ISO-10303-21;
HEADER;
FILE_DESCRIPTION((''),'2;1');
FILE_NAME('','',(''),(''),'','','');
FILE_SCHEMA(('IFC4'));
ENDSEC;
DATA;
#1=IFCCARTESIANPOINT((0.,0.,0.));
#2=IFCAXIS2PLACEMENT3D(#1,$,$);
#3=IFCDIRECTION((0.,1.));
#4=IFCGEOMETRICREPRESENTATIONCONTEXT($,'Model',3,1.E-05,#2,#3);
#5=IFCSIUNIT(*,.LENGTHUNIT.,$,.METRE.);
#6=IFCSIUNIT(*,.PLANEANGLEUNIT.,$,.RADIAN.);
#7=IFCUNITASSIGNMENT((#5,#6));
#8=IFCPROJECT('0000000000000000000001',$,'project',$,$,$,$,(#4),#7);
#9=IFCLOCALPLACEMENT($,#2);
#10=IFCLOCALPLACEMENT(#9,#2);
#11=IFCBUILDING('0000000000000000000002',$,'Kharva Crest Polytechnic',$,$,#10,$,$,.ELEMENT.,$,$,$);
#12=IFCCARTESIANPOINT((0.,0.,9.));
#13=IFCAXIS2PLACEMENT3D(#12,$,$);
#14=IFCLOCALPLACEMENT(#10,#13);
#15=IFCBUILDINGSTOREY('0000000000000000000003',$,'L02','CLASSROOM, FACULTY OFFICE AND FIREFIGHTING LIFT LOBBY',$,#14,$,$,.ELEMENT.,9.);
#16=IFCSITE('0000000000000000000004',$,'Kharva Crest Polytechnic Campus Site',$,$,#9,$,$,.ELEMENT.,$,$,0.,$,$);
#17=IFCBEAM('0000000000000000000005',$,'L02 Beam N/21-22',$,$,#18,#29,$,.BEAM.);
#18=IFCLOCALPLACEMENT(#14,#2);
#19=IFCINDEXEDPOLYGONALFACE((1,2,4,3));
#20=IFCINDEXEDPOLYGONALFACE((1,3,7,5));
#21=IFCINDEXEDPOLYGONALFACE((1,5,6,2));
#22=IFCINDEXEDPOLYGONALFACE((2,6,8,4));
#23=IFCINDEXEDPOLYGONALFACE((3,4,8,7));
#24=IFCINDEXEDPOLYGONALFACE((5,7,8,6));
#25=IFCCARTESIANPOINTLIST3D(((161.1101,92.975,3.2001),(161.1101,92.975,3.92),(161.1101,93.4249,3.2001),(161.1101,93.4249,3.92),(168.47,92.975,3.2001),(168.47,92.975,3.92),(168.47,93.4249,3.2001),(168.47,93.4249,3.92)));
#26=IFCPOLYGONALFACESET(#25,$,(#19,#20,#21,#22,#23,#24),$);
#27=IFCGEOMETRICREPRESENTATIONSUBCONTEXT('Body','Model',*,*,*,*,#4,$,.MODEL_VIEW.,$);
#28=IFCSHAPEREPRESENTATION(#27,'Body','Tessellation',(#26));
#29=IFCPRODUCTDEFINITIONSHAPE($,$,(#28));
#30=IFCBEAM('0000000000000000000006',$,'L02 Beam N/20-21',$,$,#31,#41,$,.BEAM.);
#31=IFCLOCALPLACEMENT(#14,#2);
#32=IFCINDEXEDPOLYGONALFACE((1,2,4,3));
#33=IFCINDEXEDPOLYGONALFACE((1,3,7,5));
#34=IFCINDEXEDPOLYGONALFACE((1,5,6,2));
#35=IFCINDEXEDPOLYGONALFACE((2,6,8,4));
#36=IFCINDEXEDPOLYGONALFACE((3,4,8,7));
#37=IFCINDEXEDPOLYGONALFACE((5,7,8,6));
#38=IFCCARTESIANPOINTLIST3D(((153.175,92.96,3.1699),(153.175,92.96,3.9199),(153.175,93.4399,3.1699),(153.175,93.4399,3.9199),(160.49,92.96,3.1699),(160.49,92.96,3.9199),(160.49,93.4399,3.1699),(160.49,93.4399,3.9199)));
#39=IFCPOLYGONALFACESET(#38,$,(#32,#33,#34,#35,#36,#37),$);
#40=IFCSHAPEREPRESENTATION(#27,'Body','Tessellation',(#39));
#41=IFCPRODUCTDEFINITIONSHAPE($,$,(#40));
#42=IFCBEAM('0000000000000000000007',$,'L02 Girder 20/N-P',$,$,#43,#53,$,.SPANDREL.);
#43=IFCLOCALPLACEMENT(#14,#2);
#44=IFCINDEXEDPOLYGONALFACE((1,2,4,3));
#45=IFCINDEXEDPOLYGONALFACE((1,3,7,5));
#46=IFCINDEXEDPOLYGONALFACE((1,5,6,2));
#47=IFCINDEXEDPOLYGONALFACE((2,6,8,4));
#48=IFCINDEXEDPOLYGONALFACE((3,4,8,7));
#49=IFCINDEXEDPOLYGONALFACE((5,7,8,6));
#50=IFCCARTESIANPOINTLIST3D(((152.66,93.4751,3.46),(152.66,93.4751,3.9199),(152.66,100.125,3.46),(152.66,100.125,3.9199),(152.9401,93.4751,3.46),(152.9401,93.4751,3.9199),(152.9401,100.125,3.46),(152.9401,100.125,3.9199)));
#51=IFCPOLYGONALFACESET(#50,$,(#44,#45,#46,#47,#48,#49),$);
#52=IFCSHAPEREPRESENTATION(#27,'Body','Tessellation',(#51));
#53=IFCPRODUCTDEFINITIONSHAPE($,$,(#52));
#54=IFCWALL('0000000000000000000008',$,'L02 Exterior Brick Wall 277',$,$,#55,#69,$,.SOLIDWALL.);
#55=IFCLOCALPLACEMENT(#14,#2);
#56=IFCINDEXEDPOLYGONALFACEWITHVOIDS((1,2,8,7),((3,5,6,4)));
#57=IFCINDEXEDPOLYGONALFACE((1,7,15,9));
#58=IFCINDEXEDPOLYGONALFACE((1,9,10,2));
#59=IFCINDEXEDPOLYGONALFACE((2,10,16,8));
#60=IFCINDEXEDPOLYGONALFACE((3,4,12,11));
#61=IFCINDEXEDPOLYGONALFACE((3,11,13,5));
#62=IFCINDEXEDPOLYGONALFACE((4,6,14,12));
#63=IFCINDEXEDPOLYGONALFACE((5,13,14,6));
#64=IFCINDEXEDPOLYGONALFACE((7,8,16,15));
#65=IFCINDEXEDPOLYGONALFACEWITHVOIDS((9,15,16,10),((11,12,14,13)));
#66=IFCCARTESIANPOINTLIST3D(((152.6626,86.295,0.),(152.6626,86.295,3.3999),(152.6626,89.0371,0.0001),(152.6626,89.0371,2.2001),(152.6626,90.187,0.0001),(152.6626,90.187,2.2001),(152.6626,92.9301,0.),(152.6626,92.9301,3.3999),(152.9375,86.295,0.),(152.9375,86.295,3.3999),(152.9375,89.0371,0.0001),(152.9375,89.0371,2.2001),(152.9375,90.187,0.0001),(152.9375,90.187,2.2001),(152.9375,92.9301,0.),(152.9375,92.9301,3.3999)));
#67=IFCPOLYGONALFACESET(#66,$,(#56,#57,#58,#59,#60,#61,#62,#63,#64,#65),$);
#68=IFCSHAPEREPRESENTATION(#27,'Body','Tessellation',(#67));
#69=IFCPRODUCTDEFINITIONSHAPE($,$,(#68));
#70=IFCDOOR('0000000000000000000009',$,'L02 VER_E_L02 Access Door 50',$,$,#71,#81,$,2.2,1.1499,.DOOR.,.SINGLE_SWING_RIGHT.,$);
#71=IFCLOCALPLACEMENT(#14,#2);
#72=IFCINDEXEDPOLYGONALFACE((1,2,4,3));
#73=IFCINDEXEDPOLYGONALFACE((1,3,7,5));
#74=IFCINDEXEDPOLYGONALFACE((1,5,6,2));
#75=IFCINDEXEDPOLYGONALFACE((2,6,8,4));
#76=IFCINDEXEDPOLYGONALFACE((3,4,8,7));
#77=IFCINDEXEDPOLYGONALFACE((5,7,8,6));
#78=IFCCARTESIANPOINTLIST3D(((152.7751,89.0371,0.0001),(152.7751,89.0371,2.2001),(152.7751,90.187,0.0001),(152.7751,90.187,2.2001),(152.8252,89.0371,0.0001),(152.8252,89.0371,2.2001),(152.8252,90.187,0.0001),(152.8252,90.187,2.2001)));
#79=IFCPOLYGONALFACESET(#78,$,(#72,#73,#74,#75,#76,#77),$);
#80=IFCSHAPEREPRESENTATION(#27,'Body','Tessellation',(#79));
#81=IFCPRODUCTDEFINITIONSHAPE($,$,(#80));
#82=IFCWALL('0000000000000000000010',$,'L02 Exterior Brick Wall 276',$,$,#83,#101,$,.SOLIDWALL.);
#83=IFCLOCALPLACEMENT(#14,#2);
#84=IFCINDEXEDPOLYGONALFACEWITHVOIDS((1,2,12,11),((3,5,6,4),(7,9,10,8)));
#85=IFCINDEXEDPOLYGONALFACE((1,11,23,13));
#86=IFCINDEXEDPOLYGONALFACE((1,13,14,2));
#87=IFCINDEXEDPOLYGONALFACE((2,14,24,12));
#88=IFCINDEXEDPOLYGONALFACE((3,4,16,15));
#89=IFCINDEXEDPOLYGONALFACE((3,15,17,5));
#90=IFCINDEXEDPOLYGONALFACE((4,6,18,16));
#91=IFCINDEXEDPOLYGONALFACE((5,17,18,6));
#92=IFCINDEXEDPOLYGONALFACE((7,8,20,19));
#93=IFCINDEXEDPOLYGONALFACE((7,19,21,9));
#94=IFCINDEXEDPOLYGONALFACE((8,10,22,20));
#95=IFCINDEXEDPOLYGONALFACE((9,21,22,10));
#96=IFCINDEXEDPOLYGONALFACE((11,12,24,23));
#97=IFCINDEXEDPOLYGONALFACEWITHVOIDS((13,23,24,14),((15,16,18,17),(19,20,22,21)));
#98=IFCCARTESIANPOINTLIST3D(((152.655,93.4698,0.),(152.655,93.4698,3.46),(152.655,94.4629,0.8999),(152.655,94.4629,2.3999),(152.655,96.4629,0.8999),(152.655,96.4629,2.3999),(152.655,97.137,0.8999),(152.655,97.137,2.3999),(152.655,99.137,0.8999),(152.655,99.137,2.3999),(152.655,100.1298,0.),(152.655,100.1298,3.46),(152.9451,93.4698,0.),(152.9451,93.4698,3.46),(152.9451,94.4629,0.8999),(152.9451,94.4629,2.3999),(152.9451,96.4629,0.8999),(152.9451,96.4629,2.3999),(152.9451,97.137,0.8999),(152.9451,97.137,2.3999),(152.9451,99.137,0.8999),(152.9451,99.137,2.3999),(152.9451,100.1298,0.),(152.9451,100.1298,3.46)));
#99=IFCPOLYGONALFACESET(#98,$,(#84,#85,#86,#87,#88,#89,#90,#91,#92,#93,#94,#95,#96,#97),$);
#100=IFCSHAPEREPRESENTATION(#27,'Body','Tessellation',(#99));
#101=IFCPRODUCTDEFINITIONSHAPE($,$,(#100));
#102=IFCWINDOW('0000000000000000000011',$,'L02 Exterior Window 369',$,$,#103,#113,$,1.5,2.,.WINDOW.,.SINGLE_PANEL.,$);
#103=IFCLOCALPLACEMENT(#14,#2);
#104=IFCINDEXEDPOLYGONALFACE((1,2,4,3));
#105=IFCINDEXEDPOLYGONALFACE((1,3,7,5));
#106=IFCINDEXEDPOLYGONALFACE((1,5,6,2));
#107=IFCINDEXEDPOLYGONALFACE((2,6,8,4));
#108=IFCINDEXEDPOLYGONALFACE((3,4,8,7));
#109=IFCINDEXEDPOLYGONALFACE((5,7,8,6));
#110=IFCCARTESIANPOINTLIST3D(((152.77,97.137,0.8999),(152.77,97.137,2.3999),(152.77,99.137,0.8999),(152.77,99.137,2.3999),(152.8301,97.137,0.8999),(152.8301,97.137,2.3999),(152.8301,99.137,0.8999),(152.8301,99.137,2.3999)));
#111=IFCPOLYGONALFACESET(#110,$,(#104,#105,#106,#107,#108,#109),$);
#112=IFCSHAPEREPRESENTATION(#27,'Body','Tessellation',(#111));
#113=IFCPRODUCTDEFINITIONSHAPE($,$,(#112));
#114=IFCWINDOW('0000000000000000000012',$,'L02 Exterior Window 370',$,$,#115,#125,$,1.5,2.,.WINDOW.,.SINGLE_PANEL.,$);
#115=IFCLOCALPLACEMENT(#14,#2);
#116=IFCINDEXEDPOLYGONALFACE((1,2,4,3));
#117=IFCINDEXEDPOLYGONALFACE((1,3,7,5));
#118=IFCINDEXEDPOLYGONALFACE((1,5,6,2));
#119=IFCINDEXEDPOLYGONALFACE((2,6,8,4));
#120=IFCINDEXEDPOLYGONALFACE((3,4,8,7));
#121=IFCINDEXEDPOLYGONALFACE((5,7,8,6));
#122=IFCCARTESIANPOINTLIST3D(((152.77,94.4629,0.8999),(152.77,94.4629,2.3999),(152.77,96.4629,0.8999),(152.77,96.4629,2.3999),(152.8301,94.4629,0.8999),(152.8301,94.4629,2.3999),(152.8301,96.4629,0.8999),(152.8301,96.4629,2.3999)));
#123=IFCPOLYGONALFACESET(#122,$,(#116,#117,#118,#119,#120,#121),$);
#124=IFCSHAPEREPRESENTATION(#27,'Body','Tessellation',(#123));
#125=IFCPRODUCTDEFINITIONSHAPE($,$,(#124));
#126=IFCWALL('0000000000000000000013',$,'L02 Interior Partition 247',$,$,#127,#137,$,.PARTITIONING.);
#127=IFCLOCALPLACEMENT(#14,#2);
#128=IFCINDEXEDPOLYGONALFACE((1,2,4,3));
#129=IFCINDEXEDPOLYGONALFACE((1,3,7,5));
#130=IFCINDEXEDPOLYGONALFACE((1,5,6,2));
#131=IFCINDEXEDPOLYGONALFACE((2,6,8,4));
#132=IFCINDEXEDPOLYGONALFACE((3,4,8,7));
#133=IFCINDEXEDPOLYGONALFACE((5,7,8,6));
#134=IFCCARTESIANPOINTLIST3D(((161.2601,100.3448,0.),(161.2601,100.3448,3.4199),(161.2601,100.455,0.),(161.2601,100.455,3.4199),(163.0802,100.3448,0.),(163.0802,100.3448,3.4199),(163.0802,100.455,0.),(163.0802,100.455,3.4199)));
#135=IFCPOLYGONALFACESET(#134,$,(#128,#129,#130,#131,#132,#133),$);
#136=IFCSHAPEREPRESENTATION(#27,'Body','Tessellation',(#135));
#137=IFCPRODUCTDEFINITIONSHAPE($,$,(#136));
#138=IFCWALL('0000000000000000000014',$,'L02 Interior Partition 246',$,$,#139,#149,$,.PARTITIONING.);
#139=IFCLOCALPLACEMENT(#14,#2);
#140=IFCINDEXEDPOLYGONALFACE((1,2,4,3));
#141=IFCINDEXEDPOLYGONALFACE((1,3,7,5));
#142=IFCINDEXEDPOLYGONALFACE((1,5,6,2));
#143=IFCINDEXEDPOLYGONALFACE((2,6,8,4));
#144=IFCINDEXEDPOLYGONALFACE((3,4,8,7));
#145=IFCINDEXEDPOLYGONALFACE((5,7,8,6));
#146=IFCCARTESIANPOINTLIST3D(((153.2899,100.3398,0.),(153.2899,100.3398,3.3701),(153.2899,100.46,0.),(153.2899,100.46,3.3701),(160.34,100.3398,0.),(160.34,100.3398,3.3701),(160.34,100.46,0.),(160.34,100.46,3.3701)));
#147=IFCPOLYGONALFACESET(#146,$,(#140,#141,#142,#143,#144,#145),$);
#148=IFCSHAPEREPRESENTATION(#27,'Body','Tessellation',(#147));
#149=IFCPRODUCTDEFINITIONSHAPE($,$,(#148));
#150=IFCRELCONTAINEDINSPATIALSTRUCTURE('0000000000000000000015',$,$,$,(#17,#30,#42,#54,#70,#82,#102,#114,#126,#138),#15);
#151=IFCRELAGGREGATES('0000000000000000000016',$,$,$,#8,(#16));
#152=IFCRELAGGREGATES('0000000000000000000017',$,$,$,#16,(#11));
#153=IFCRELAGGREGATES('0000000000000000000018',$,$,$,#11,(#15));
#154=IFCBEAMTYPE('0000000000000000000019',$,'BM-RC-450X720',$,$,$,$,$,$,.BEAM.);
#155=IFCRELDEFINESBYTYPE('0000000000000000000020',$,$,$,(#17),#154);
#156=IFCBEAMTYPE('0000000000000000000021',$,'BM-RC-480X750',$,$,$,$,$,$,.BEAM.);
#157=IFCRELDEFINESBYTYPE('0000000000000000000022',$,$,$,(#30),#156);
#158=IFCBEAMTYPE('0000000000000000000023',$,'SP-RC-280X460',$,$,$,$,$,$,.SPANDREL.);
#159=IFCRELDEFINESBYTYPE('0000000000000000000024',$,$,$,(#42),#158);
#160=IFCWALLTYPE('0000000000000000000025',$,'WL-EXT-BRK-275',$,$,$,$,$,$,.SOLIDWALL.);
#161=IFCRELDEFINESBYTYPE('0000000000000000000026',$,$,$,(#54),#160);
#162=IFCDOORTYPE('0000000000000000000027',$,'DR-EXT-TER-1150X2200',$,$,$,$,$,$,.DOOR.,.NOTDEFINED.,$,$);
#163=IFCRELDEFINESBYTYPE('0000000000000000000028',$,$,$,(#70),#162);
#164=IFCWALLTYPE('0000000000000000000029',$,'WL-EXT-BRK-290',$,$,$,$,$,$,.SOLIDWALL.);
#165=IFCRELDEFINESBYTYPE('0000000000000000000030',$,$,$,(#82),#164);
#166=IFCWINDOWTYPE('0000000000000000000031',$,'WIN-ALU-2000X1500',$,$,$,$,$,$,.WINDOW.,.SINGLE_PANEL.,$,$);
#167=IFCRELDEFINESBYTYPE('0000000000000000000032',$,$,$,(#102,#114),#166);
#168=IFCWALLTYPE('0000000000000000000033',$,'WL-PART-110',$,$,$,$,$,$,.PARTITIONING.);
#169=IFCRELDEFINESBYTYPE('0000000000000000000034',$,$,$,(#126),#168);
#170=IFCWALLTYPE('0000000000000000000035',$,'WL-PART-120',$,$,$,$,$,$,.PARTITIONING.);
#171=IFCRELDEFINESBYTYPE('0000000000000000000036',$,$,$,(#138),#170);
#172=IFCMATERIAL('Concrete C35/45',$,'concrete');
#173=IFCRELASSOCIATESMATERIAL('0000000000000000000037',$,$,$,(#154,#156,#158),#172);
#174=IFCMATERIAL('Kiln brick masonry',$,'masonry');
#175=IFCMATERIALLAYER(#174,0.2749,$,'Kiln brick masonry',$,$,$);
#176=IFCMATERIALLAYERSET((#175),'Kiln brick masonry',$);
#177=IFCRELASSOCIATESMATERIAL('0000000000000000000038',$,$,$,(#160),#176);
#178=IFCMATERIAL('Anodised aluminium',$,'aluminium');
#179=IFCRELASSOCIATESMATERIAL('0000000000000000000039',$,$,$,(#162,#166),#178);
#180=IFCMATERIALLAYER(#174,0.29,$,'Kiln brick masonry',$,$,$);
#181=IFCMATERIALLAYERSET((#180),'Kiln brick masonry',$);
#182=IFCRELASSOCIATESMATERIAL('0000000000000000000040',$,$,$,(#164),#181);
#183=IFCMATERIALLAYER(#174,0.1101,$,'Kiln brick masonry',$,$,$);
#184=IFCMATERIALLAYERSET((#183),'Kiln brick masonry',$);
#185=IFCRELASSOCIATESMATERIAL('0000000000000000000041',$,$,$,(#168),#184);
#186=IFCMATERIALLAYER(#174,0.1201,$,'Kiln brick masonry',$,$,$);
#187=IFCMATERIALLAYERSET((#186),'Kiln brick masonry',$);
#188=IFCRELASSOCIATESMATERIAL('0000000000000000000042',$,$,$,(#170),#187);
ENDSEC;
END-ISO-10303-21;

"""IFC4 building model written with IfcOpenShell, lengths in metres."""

from ifc_helpers import new_model, si_unit, direction, frame, frame_2d, origin, origin_2d, place, context, subcontext, project, spatial, rectangle, extrude, material, layer, layer_set, material_profile, profile_set, type_object, element, fill, save


model = new_model("IFC4")

# Units and contexts
model_context = context("Model", 3, precision=1e-05, world=origin(), true_north=direction((0.0, 1.0)))
body_context = subcontext(model_context, "Body", "Model", "MODEL_VIEW")
ifc_project = project(units=[si_unit("LENGTHUNIT", "METRE"), si_unit("PLANEANGLEUNIT", "RADIAN")], contexts=[model_context])

# Site, building, storey
site_placement = place(None, origin())
site = spatial("IfcSite", under=ifc_project, at=site_placement, Name="Kharva Crest Polytechnic Campus Site", CompositionType="ELEMENT", RefElevation=0.0)
building_placement = place(site_placement, origin())
building = spatial("IfcBuilding", under=site, at=building_placement, Name="Kharva Crest Polytechnic", CompositionType="ELEMENT")
storey_placement = place(building_placement, frame((0.0, 0.0, 9.0)))
storey = spatial("IfcBuildingStorey", under=building, at=storey_placement, Name="L02", Description="CLASSROOM, FACULTY OFFICE AND FIREFIGHTING LIFT LOBBY", CompositionType="ELEMENT", Elevation=9.0)

# Beams
ifc_material_1 = material(Name="Concrete C35/45", Category="concrete")
ifc_material_profile_1 = material_profile(ifc_material_1, rectangle(XDim=0.45, YDim=0.72, at=origin_2d()), Name="RECT 450 X 720")
ifc_profile_set_1 = profile_set([ifc_material_profile_1], Name="Concrete C35/45")
beam_type_1 = type_object("IfcBeamType", Name="BM-RC-450X720", PredefinedType="BEAM", material=ifc_profile_set_1)
beam_1_placement = place(storey_placement, frame((161.1101, 93.2, 3.5601), z_axis=(1.0, 0.0, 0.0), x_axis=(0.0, 1.0, 0.0)))
element("IfcBeam", 1, at=beam_1_placement, inside=storey, type_object=beam_type_1, Name="L02 Beam N/21-22", PredefinedType="BEAM", context=body_context, shape_type="SweptSolid", body=[
    extrude(rectangle(XDim=0.45, YDim=0.72, at=origin_2d()), origin(), (0.0, 0.0, 1.0), 7.3599),
])
ifc_material_profile_2 = material_profile(ifc_material_1, rectangle(XDim=0.48, YDim=0.75, at=origin_2d()), Name="RECT 480 X 750")
ifc_profile_set_2 = profile_set([ifc_material_profile_2], Name="Concrete C35/45")
beam_type_2 = type_object("IfcBeamType", Name="BM-RC-480X750", PredefinedType="BEAM", material=ifc_profile_set_2)
beam_2_placement = place(storey_placement, frame((153.175, 93.2, 3.5449), z_axis=(1.0, 0.0, 0.0), x_axis=(0.0, 1.0, 0.0)))
element("IfcBeam", 2, at=beam_2_placement, inside=storey, type_object=beam_type_2, Name="L02 Beam N/20-21", PredefinedType="BEAM", context=body_context, shape_type="SweptSolid", body=[
    extrude(rectangle(XDim=0.48, YDim=0.75, at=origin_2d()), origin(), (0.0, 0.0, 1.0), 7.3149),
])
ifc_material_profile_3 = material_profile(ifc_material_1, rectangle(XDim=0.28, YDim=0.46, at=origin_2d()), Name="RECT 280 X 460")
ifc_profile_set_3 = profile_set([ifc_material_profile_3], Name="Concrete C35/45")
beam_type_3 = type_object("IfcBeamType", Name="SP-RC-280X460", PredefinedType="SPANDREL", material=ifc_profile_set_3)
beam_3_placement = place(storey_placement, frame((152.8, 93.4751, 3.6899), z_axis=(0.0, 1.0, 0.0), x_axis=(-1.0, 0.0, 0.0)))
element("IfcBeam", 3, at=beam_3_placement, inside=storey, type_object=beam_type_3, Name="L02 Girder 20/N-P", PredefinedType="SPANDREL", context=body_context, shape_type="SweptSolid", body=[
    extrude(rectangle(XDim=0.28, YDim=0.46, at=origin_2d()), origin(), (0.0, 0.0, 1.0), 6.6499),
])

# Wall, opening, door
ifc_material_2 = material(Name="Kiln brick masonry", Category="masonry")
ifc_layer_1 = layer(ifc_material_2, 0.2749, Name="Kiln brick masonry")
ifc_layer_set_1 = layer_set([ifc_layer_1], Name="Kiln brick masonry")
wall_type_1 = type_object("IfcWallType", Name="WL-EXT-BRK-275", PredefinedType="SOLIDWALL", material=ifc_layer_set_1)
wall_1_placement = place(storey_placement, frame((152.8, 92.9299, 0.0), z_axis=(0.0, 0.0, 1.0), x_axis=(0.0, -1.0, 0.0)))
wall_1 = element("IfcWall", 4, at=wall_1_placement, inside=storey, type_object=wall_type_1, Name="L02 Exterior Brick Wall 277", PredefinedType="SOLIDWALL", context=body_context, shape_type="SweptSolid", body=[
    extrude(rectangle(XDim=6.635, YDim=0.2749, at=frame_2d((3.3174, 0.0))), origin(), (0.0, 0.0, 1.0), 3.3999),
])
opening_1_placement = place(wall_1_placement, frame((2.7429, 0.0, 0.0)))
opening_1 = element("IfcOpeningElement", 5, at=opening_1_placement, cuts=wall_1, PredefinedType="OPENING", context=body_context, shape_type="SweptSolid", body=[
    extrude(rectangle(XDim=1.1499, YDim=2.2, at=frame_2d((0.575, 1.1001))), frame((0.0, 0.1475, 0.0), z_axis=(0.0, -1.0, 0.0), x_axis=(1.0, 0.0, 0.0)), (0.0, 0.0, 1.0), 0.2949),
])
ifc_material_3 = material(Name="Anodised aluminium", Category="aluminium")
door_type_1 = type_object("IfcDoorType", Name="DR-EXT-TER-1150X2200", OperationType="NOTDEFINED", PredefinedType="DOOR", material=ifc_material_3)
door_1_placement = place(opening_1_placement, frame((1.1499, 0.0, 0.0), z_axis=(0.0, 0.0, 1.0), x_axis=(-1.0, 0.0, 0.0)))
door_1 = element("IfcDoor", 6, at=door_1_placement, inside=storey, type_object=door_type_1, Name="L02 VER_E_L02 Access Door 50", OperationType="SINGLE_SWING_RIGHT", OverallHeight=2.2, OverallWidth=1.1499, PredefinedType="DOOR", context=body_context, shape_type="SweptSolid", body=[
    extrude(rectangle(XDim=1.1499, YDim=2.2, at=frame_2d((0.575, 1.1001))), frame((0.0, 0.0249, 0.0), z_axis=(0.0, -1.0, 0.0), x_axis=(1.0, 0.0, 0.0)), (0.0, 0.0, 1.0), 0.05),
])
fill(opening_1, door_1)

# Wall, openings, windows
ifc_layer_2 = layer(ifc_material_2, 0.29, Name="Kiln brick masonry")
ifc_layer_set_2 = layer_set([ifc_layer_2], Name="Kiln brick masonry")
wall_type_2 = type_object("IfcWallType", Name="WL-EXT-BRK-290", PredefinedType="SOLIDWALL", material=ifc_layer_set_2)
wall_2_placement = place(storey_placement, frame((152.8, 100.1299, 0.0), z_axis=(0.0, 0.0, 1.0), x_axis=(0.0, -1.0, 0.0)))
wall_2 = element("IfcWall", 7, at=wall_2_placement, inside=storey, type_object=wall_type_2, Name="L02 Exterior Brick Wall 276", PredefinedType="SOLIDWALL", context=body_context, shape_type="SweptSolid", body=[
    extrude(rectangle(XDim=6.6599, YDim=0.29, at=frame_2d((3.3301, 0.0))), origin(), (0.0, 0.0, 1.0), 3.46),
])
opening_2_placement = place(wall_2_placement, frame((0.9929, 0.0, 0.8999)))
opening_2 = element("IfcOpeningElement", 8, at=opening_2_placement, cuts=wall_2, PredefinedType="OPENING", context=body_context, shape_type="SweptSolid", body=[
    extrude(rectangle(XDim=2.0, YDim=1.5, at=frame_2d((1.0, 0.75))), frame((0.0, 0.155, 0.0), z_axis=(0.0, -1.0, 0.0), x_axis=(1.0, 0.0, 0.0)), (0.0, 0.0, 1.0), 0.3101),
])
opening_3_placement = place(wall_2_placement, frame((3.667, 0.0, 0.8999)))
opening_3 = element("IfcOpeningElement", 9, at=opening_3_placement, cuts=wall_2, PredefinedType="OPENING", context=body_context, shape_type="SweptSolid", body=[
    extrude(rectangle(XDim=2.0, YDim=1.5, at=frame_2d((1.0, 0.75))), frame((0.0, 0.155, 0.0), z_axis=(0.0, -1.0, 0.0), x_axis=(1.0, 0.0, 0.0)), (0.0, 0.0, 1.0), 0.3101),
])
window_type = type_object("IfcWindowType", Name="WIN-ALU-2000X1500", PartitioningType="SINGLE_PANEL", PredefinedType="WINDOW", material=ifc_material_3)
window_1_placement = place(opening_2_placement, origin())
window_1 = element("IfcWindow", 10, at=window_1_placement, inside=storey, type_object=window_type, Name="L02 Exterior Window 369", OverallHeight=1.5, OverallWidth=2.0, PartitioningType="SINGLE_PANEL", PredefinedType="WINDOW", context=body_context, shape_type="SweptSolid", body=[
    extrude(rectangle(XDim=2.0, YDim=1.5, at=frame_2d((1.0, 0.75))), frame((0.0, 0.03, 0.0), z_axis=(0.0, -1.0, 0.0), x_axis=(1.0, 0.0, 0.0)), (0.0, 0.0, 1.0), 0.0601),
])
fill(opening_2, window_1)
window_2_placement = place(opening_3_placement, origin())
window_2 = element("IfcWindow", 11, at=window_2_placement, inside=storey, type_object=window_type, Name="L02 Exterior Window 370", OverallHeight=1.5, OverallWidth=2.0, PartitioningType="SINGLE_PANEL", PredefinedType="WINDOW", context=body_context, shape_type="SweptSolid", body=[
    extrude(rectangle(XDim=2.0, YDim=1.5, at=frame_2d((1.0, 0.75))), frame((0.0, 0.03, 0.0), z_axis=(0.0, -1.0, 0.0), x_axis=(1.0, 0.0, 0.0)), (0.0, 0.0, 1.0), 0.0601),
])
fill(opening_3, window_2)

# Walls
ifc_layer_3 = layer(ifc_material_2, 0.1101, Name="Kiln brick masonry")
ifc_layer_set_3 = layer_set([ifc_layer_3], Name="Kiln brick masonry")
wall_type_3 = type_object("IfcWallType", Name="WL-PART-110", PredefinedType="PARTITIONING", material=ifc_layer_set_3)
wall_3_placement = place(storey_placement, frame((161.26, 100.3999, 0.0), z_axis=(0.0, 0.0, 1.0), x_axis=(1.0, 0.0, 0.0)))
element("IfcWall", 12, at=wall_3_placement, inside=storey, type_object=wall_type_3, Name="L02 Interior Partition 247", PredefinedType="PARTITIONING", context=body_context, shape_type="SweptSolid", body=[
    extrude(rectangle(XDim=1.8201, YDim=0.1101, at=frame_2d((0.9102, 0.0))), origin(), (0.0, 0.0, 1.0), 3.4199),
])
ifc_layer_4 = layer(ifc_material_2, 0.1201, Name="Kiln brick masonry")
ifc_layer_set_4 = layer_set([ifc_layer_4], Name="Kiln brick masonry")
wall_type_4 = type_object("IfcWallType", Name="WL-PART-120", PredefinedType="PARTITIONING", material=ifc_layer_set_4)
wall_4_placement = place(storey_placement, frame((153.29, 100.3999, 0.0), z_axis=(0.0, 0.0, 1.0), x_axis=(1.0, 0.0, 0.0)))
element("IfcWall", 13, at=wall_4_placement, inside=storey, type_object=wall_type_4, Name="L02 Interior Partition 246", PredefinedType="PARTITIONING", context=body_context, shape_type="SweptSolid", body=[
    extrude(rectangle(XDim=7.05, YDim=0.1201, at=frame_2d((3.5249, 0.0))), origin(), (0.0, 0.0, 1.0), 3.3701),
])

save(model, "model.ifc")
